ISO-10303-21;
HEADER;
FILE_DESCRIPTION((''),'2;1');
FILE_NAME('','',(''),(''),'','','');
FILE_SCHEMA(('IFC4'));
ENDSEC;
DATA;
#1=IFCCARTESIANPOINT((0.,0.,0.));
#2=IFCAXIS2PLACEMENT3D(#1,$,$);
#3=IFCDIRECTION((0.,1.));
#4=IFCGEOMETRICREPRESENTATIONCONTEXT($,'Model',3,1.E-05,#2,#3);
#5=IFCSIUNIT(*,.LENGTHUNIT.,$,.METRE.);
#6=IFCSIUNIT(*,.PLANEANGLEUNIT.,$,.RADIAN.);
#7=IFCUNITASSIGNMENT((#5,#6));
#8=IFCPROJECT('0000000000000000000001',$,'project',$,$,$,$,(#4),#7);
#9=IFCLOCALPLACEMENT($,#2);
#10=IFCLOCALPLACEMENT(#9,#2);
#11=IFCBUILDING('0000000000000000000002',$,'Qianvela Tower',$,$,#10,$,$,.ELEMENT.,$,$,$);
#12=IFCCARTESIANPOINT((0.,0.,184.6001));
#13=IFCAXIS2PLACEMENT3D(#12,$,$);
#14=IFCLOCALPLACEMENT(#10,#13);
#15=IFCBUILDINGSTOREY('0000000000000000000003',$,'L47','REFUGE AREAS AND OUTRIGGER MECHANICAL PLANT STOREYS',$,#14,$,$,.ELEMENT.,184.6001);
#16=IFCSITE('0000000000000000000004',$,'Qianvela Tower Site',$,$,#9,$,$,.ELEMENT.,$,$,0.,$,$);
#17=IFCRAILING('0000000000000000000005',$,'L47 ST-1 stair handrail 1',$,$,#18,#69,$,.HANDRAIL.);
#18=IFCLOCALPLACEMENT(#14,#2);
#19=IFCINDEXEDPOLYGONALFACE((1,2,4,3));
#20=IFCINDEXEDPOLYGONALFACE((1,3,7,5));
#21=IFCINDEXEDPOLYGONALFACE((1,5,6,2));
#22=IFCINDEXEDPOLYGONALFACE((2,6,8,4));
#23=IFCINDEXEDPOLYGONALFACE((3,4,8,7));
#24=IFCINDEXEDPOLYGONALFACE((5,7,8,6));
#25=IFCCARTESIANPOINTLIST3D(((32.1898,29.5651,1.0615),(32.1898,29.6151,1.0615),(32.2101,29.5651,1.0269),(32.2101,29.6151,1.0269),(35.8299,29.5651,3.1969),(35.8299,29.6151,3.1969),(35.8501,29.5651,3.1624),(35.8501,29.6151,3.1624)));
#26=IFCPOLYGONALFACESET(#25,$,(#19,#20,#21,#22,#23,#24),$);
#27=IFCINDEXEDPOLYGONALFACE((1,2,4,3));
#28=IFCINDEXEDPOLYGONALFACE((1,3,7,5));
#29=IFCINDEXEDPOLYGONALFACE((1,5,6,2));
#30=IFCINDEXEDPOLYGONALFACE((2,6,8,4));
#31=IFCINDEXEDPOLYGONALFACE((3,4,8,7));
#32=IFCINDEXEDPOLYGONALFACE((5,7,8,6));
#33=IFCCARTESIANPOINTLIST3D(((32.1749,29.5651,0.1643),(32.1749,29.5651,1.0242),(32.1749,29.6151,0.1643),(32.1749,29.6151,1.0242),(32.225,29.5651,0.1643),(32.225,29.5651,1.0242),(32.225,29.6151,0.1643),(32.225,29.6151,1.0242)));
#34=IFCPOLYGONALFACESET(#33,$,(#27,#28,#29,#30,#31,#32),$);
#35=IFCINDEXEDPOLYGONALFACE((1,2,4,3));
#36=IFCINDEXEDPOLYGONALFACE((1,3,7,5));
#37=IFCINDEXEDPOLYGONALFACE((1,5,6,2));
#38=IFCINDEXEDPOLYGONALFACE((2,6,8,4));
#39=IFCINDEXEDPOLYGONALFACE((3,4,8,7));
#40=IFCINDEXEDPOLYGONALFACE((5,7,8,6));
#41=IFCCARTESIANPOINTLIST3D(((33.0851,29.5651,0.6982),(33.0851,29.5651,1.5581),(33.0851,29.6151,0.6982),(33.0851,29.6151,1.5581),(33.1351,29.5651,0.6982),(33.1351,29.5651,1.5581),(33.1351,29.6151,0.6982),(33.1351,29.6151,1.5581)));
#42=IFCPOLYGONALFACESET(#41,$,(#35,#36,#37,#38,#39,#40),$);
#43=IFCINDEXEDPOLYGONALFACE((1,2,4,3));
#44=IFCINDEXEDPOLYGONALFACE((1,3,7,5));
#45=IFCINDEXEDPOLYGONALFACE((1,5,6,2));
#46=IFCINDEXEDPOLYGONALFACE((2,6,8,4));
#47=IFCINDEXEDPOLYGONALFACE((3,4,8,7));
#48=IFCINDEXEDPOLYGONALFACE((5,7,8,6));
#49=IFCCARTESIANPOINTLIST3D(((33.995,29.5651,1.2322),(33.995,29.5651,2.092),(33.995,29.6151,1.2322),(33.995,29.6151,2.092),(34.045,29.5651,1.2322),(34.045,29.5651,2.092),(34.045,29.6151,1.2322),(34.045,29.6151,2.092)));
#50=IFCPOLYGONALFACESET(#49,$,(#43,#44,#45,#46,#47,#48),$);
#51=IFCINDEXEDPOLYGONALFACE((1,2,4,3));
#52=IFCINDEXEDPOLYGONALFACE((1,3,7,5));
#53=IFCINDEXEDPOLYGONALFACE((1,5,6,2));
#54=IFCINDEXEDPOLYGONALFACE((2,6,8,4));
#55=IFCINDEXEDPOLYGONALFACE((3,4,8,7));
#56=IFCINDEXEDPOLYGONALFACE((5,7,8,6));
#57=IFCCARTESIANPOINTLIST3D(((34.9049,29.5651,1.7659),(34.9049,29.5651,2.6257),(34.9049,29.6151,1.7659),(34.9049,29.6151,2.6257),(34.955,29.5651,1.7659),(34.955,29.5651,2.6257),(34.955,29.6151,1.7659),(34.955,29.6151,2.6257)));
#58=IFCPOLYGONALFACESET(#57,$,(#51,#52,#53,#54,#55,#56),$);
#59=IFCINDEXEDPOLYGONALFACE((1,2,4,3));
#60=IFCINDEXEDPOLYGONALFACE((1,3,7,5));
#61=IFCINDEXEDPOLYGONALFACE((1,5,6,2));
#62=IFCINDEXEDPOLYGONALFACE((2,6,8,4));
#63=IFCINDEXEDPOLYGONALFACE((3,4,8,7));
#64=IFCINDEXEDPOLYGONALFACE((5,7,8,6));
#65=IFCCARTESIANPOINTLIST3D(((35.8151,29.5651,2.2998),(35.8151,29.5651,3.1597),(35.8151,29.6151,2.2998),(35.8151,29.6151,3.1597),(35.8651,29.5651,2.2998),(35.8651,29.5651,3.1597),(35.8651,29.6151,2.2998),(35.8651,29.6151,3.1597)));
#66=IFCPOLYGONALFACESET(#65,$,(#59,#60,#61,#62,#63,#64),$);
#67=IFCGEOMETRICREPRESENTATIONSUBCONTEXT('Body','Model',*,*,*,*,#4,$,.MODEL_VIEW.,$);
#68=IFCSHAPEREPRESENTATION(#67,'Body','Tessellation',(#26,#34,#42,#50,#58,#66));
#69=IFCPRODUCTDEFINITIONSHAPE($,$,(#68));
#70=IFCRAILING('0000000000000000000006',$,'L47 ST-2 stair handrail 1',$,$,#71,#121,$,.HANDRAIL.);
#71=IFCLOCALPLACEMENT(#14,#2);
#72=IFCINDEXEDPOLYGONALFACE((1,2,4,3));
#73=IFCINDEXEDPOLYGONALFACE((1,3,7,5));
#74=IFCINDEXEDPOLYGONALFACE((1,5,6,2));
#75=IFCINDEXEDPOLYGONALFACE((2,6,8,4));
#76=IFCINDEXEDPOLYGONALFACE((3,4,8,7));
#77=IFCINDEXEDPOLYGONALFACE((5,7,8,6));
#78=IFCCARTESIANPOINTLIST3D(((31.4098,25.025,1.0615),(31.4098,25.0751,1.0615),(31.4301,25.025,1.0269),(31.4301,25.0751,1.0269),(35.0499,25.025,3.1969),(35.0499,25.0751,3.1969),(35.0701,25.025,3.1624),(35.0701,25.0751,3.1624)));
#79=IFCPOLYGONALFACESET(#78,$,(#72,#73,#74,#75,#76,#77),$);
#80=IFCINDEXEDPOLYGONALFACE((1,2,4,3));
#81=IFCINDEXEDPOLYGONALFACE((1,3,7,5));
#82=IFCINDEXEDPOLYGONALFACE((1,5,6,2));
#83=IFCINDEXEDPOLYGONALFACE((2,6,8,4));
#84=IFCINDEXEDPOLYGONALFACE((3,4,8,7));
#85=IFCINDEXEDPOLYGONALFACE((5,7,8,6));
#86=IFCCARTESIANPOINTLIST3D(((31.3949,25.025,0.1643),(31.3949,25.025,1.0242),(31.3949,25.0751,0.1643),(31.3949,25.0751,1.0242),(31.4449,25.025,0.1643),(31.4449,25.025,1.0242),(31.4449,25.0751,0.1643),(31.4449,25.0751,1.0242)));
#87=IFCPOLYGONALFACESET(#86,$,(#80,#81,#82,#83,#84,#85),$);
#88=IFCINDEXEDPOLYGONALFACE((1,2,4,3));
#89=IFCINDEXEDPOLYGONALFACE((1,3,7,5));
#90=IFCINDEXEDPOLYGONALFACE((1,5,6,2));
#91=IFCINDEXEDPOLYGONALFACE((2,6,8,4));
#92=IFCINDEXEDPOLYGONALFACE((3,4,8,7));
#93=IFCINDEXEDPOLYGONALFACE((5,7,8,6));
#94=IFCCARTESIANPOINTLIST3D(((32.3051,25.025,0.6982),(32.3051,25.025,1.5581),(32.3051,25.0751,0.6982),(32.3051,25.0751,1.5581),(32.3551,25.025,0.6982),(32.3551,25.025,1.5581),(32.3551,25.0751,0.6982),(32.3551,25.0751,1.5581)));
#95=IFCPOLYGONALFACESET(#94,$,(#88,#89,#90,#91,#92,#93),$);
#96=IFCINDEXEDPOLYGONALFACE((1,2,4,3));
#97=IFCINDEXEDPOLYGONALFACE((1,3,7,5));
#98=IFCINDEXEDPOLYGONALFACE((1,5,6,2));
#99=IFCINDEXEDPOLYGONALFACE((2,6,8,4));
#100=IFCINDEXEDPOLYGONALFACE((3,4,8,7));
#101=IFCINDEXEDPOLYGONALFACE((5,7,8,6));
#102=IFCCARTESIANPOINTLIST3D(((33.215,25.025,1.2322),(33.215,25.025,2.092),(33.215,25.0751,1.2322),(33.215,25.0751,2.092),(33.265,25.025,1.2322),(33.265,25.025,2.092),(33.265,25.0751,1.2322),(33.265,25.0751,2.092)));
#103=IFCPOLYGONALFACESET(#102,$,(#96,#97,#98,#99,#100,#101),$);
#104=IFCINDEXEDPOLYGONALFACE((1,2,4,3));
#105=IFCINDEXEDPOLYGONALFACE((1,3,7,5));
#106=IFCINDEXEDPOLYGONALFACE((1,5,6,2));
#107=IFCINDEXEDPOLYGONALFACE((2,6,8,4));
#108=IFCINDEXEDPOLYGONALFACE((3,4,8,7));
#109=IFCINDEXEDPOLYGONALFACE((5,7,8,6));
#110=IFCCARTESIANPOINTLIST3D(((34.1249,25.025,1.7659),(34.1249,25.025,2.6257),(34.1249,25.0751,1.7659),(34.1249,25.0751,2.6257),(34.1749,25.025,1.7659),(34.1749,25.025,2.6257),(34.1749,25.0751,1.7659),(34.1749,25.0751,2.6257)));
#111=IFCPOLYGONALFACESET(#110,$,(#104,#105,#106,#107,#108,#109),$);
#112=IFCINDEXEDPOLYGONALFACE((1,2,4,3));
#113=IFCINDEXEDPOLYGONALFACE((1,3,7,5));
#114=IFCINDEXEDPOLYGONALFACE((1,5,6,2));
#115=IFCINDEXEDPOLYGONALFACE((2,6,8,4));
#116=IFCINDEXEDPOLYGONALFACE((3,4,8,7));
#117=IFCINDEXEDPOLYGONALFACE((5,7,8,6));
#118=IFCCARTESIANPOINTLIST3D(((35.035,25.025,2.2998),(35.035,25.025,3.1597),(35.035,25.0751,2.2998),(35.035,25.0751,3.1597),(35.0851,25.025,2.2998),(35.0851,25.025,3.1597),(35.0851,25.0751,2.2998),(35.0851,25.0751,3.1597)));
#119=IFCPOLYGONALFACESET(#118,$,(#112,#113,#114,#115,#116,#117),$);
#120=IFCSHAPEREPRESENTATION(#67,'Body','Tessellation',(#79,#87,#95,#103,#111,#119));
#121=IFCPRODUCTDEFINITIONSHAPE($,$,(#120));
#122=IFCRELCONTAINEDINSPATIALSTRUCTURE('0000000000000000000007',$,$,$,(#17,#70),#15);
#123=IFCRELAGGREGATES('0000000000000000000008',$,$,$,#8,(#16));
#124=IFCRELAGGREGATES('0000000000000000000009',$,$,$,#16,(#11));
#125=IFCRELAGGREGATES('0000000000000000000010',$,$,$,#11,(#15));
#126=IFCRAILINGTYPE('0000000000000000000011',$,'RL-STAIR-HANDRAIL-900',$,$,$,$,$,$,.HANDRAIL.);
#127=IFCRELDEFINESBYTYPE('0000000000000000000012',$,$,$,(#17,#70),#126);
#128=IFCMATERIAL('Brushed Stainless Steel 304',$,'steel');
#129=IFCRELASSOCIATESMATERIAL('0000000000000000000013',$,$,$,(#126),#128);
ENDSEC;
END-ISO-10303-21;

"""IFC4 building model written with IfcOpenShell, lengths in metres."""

from ifc_helpers import new_model, si_unit, direction, frame, origin, origin_2d, place, context, subcontext, project, spatial, rectangle, extrude, material, type_object, element, save


model = new_model("IFC4")

# Units and contexts
model_context = context("Model", 3, precision=1e-05, world=origin(), true_north=direction((0.0, 1.0)))
body_context = subcontext(model_context, "Body", "Model", "MODEL_VIEW")
ifc_project = project(units=[si_unit("LENGTHUNIT", "METRE"), si_unit("PLANEANGLEUNIT", "RADIAN")], contexts=[model_context])

# Site, building, storey
site_placement = place(None, origin())
site = spatial("IfcSite", under=ifc_project, at=site_placement, Name="Qianvela Tower Site", CompositionType="ELEMENT", RefElevation=0.0)
building_placement = place(site_placement, origin())
building = spatial("IfcBuilding", under=site, at=building_placement, Name="Qianvela Tower", CompositionType="ELEMENT")
storey_placement = place(building_placement, frame((0.0, 0.0, 184.6001)))
storey = spatial("IfcBuildingStorey", under=building, at=storey_placement, Name="L47", Description="REFUGE AREAS AND OUTRIGGER MECHANICAL PLANT STOREYS", CompositionType="ELEMENT", Elevation=184.6001)

# Railings
ifc_material_1 = material(Name="Brushed Stainless Steel 304", Category="steel")
railing_type_1 = type_object("IfcRailingType", Name="RL-STAIR-HANDRAIL-900", PredefinedType="HANDRAIL", material=ifc_material_1)
for number, where, name in (
    (1, (32.2, 29.5901, 0.1643), "L47 ST-1 stair handrail 1"),
    (2, (31.4199, 25.05, 0.1643), "L47 ST-2 stair handrail 1"),
):
    element("IfcRailing", number, at=place(storey_placement, frame(where)), inside=storey, type_object=railing_type_1, Name=name, PredefinedType="HANDRAIL", context=body_context, shape_type="SweptSolid", body=[
        extrude(rectangle(XDim=0.05, YDim=0.04, at=origin_2d()), frame((0.0, 0.0, 0.8799), z_axis=(0.86253, 0.0, 0.506006), x_axis=(0.0, 1.0, 0.0)), (0.0, 0.0, 1.0), 4.2202),
        extrude(rectangle(XDim=0.05, YDim=0.05, at=origin_2d()), origin(), (0.0, 0.0, 1.0), 0.8599),
        extrude(rectangle(XDim=0.05, YDim=0.05, at=origin_2d()), frame((0.9102, 0.0, 0.5339)), (0.0, 0.0, 1.0), 0.8599),
        extrude(rectangle(XDim=0.05, YDim=0.05, at=origin_2d()), frame((1.8201, 0.0, 1.0679)), (0.0, 0.0, 1.0), 0.8599),
        extrude(rectangle(XDim=0.05, YDim=0.05, at=origin_2d()), frame((2.73, 0.0, 1.6016)), (0.0, 0.0, 1.0), 0.8599),
        extrude(rectangle(XDim=0.05, YDim=0.05, at=origin_2d()), frame((3.6401, 0.0, 2.1355)), (0.0, 0.0, 1.0), 0.8599),
    ])

save(model, "model.ifc")
